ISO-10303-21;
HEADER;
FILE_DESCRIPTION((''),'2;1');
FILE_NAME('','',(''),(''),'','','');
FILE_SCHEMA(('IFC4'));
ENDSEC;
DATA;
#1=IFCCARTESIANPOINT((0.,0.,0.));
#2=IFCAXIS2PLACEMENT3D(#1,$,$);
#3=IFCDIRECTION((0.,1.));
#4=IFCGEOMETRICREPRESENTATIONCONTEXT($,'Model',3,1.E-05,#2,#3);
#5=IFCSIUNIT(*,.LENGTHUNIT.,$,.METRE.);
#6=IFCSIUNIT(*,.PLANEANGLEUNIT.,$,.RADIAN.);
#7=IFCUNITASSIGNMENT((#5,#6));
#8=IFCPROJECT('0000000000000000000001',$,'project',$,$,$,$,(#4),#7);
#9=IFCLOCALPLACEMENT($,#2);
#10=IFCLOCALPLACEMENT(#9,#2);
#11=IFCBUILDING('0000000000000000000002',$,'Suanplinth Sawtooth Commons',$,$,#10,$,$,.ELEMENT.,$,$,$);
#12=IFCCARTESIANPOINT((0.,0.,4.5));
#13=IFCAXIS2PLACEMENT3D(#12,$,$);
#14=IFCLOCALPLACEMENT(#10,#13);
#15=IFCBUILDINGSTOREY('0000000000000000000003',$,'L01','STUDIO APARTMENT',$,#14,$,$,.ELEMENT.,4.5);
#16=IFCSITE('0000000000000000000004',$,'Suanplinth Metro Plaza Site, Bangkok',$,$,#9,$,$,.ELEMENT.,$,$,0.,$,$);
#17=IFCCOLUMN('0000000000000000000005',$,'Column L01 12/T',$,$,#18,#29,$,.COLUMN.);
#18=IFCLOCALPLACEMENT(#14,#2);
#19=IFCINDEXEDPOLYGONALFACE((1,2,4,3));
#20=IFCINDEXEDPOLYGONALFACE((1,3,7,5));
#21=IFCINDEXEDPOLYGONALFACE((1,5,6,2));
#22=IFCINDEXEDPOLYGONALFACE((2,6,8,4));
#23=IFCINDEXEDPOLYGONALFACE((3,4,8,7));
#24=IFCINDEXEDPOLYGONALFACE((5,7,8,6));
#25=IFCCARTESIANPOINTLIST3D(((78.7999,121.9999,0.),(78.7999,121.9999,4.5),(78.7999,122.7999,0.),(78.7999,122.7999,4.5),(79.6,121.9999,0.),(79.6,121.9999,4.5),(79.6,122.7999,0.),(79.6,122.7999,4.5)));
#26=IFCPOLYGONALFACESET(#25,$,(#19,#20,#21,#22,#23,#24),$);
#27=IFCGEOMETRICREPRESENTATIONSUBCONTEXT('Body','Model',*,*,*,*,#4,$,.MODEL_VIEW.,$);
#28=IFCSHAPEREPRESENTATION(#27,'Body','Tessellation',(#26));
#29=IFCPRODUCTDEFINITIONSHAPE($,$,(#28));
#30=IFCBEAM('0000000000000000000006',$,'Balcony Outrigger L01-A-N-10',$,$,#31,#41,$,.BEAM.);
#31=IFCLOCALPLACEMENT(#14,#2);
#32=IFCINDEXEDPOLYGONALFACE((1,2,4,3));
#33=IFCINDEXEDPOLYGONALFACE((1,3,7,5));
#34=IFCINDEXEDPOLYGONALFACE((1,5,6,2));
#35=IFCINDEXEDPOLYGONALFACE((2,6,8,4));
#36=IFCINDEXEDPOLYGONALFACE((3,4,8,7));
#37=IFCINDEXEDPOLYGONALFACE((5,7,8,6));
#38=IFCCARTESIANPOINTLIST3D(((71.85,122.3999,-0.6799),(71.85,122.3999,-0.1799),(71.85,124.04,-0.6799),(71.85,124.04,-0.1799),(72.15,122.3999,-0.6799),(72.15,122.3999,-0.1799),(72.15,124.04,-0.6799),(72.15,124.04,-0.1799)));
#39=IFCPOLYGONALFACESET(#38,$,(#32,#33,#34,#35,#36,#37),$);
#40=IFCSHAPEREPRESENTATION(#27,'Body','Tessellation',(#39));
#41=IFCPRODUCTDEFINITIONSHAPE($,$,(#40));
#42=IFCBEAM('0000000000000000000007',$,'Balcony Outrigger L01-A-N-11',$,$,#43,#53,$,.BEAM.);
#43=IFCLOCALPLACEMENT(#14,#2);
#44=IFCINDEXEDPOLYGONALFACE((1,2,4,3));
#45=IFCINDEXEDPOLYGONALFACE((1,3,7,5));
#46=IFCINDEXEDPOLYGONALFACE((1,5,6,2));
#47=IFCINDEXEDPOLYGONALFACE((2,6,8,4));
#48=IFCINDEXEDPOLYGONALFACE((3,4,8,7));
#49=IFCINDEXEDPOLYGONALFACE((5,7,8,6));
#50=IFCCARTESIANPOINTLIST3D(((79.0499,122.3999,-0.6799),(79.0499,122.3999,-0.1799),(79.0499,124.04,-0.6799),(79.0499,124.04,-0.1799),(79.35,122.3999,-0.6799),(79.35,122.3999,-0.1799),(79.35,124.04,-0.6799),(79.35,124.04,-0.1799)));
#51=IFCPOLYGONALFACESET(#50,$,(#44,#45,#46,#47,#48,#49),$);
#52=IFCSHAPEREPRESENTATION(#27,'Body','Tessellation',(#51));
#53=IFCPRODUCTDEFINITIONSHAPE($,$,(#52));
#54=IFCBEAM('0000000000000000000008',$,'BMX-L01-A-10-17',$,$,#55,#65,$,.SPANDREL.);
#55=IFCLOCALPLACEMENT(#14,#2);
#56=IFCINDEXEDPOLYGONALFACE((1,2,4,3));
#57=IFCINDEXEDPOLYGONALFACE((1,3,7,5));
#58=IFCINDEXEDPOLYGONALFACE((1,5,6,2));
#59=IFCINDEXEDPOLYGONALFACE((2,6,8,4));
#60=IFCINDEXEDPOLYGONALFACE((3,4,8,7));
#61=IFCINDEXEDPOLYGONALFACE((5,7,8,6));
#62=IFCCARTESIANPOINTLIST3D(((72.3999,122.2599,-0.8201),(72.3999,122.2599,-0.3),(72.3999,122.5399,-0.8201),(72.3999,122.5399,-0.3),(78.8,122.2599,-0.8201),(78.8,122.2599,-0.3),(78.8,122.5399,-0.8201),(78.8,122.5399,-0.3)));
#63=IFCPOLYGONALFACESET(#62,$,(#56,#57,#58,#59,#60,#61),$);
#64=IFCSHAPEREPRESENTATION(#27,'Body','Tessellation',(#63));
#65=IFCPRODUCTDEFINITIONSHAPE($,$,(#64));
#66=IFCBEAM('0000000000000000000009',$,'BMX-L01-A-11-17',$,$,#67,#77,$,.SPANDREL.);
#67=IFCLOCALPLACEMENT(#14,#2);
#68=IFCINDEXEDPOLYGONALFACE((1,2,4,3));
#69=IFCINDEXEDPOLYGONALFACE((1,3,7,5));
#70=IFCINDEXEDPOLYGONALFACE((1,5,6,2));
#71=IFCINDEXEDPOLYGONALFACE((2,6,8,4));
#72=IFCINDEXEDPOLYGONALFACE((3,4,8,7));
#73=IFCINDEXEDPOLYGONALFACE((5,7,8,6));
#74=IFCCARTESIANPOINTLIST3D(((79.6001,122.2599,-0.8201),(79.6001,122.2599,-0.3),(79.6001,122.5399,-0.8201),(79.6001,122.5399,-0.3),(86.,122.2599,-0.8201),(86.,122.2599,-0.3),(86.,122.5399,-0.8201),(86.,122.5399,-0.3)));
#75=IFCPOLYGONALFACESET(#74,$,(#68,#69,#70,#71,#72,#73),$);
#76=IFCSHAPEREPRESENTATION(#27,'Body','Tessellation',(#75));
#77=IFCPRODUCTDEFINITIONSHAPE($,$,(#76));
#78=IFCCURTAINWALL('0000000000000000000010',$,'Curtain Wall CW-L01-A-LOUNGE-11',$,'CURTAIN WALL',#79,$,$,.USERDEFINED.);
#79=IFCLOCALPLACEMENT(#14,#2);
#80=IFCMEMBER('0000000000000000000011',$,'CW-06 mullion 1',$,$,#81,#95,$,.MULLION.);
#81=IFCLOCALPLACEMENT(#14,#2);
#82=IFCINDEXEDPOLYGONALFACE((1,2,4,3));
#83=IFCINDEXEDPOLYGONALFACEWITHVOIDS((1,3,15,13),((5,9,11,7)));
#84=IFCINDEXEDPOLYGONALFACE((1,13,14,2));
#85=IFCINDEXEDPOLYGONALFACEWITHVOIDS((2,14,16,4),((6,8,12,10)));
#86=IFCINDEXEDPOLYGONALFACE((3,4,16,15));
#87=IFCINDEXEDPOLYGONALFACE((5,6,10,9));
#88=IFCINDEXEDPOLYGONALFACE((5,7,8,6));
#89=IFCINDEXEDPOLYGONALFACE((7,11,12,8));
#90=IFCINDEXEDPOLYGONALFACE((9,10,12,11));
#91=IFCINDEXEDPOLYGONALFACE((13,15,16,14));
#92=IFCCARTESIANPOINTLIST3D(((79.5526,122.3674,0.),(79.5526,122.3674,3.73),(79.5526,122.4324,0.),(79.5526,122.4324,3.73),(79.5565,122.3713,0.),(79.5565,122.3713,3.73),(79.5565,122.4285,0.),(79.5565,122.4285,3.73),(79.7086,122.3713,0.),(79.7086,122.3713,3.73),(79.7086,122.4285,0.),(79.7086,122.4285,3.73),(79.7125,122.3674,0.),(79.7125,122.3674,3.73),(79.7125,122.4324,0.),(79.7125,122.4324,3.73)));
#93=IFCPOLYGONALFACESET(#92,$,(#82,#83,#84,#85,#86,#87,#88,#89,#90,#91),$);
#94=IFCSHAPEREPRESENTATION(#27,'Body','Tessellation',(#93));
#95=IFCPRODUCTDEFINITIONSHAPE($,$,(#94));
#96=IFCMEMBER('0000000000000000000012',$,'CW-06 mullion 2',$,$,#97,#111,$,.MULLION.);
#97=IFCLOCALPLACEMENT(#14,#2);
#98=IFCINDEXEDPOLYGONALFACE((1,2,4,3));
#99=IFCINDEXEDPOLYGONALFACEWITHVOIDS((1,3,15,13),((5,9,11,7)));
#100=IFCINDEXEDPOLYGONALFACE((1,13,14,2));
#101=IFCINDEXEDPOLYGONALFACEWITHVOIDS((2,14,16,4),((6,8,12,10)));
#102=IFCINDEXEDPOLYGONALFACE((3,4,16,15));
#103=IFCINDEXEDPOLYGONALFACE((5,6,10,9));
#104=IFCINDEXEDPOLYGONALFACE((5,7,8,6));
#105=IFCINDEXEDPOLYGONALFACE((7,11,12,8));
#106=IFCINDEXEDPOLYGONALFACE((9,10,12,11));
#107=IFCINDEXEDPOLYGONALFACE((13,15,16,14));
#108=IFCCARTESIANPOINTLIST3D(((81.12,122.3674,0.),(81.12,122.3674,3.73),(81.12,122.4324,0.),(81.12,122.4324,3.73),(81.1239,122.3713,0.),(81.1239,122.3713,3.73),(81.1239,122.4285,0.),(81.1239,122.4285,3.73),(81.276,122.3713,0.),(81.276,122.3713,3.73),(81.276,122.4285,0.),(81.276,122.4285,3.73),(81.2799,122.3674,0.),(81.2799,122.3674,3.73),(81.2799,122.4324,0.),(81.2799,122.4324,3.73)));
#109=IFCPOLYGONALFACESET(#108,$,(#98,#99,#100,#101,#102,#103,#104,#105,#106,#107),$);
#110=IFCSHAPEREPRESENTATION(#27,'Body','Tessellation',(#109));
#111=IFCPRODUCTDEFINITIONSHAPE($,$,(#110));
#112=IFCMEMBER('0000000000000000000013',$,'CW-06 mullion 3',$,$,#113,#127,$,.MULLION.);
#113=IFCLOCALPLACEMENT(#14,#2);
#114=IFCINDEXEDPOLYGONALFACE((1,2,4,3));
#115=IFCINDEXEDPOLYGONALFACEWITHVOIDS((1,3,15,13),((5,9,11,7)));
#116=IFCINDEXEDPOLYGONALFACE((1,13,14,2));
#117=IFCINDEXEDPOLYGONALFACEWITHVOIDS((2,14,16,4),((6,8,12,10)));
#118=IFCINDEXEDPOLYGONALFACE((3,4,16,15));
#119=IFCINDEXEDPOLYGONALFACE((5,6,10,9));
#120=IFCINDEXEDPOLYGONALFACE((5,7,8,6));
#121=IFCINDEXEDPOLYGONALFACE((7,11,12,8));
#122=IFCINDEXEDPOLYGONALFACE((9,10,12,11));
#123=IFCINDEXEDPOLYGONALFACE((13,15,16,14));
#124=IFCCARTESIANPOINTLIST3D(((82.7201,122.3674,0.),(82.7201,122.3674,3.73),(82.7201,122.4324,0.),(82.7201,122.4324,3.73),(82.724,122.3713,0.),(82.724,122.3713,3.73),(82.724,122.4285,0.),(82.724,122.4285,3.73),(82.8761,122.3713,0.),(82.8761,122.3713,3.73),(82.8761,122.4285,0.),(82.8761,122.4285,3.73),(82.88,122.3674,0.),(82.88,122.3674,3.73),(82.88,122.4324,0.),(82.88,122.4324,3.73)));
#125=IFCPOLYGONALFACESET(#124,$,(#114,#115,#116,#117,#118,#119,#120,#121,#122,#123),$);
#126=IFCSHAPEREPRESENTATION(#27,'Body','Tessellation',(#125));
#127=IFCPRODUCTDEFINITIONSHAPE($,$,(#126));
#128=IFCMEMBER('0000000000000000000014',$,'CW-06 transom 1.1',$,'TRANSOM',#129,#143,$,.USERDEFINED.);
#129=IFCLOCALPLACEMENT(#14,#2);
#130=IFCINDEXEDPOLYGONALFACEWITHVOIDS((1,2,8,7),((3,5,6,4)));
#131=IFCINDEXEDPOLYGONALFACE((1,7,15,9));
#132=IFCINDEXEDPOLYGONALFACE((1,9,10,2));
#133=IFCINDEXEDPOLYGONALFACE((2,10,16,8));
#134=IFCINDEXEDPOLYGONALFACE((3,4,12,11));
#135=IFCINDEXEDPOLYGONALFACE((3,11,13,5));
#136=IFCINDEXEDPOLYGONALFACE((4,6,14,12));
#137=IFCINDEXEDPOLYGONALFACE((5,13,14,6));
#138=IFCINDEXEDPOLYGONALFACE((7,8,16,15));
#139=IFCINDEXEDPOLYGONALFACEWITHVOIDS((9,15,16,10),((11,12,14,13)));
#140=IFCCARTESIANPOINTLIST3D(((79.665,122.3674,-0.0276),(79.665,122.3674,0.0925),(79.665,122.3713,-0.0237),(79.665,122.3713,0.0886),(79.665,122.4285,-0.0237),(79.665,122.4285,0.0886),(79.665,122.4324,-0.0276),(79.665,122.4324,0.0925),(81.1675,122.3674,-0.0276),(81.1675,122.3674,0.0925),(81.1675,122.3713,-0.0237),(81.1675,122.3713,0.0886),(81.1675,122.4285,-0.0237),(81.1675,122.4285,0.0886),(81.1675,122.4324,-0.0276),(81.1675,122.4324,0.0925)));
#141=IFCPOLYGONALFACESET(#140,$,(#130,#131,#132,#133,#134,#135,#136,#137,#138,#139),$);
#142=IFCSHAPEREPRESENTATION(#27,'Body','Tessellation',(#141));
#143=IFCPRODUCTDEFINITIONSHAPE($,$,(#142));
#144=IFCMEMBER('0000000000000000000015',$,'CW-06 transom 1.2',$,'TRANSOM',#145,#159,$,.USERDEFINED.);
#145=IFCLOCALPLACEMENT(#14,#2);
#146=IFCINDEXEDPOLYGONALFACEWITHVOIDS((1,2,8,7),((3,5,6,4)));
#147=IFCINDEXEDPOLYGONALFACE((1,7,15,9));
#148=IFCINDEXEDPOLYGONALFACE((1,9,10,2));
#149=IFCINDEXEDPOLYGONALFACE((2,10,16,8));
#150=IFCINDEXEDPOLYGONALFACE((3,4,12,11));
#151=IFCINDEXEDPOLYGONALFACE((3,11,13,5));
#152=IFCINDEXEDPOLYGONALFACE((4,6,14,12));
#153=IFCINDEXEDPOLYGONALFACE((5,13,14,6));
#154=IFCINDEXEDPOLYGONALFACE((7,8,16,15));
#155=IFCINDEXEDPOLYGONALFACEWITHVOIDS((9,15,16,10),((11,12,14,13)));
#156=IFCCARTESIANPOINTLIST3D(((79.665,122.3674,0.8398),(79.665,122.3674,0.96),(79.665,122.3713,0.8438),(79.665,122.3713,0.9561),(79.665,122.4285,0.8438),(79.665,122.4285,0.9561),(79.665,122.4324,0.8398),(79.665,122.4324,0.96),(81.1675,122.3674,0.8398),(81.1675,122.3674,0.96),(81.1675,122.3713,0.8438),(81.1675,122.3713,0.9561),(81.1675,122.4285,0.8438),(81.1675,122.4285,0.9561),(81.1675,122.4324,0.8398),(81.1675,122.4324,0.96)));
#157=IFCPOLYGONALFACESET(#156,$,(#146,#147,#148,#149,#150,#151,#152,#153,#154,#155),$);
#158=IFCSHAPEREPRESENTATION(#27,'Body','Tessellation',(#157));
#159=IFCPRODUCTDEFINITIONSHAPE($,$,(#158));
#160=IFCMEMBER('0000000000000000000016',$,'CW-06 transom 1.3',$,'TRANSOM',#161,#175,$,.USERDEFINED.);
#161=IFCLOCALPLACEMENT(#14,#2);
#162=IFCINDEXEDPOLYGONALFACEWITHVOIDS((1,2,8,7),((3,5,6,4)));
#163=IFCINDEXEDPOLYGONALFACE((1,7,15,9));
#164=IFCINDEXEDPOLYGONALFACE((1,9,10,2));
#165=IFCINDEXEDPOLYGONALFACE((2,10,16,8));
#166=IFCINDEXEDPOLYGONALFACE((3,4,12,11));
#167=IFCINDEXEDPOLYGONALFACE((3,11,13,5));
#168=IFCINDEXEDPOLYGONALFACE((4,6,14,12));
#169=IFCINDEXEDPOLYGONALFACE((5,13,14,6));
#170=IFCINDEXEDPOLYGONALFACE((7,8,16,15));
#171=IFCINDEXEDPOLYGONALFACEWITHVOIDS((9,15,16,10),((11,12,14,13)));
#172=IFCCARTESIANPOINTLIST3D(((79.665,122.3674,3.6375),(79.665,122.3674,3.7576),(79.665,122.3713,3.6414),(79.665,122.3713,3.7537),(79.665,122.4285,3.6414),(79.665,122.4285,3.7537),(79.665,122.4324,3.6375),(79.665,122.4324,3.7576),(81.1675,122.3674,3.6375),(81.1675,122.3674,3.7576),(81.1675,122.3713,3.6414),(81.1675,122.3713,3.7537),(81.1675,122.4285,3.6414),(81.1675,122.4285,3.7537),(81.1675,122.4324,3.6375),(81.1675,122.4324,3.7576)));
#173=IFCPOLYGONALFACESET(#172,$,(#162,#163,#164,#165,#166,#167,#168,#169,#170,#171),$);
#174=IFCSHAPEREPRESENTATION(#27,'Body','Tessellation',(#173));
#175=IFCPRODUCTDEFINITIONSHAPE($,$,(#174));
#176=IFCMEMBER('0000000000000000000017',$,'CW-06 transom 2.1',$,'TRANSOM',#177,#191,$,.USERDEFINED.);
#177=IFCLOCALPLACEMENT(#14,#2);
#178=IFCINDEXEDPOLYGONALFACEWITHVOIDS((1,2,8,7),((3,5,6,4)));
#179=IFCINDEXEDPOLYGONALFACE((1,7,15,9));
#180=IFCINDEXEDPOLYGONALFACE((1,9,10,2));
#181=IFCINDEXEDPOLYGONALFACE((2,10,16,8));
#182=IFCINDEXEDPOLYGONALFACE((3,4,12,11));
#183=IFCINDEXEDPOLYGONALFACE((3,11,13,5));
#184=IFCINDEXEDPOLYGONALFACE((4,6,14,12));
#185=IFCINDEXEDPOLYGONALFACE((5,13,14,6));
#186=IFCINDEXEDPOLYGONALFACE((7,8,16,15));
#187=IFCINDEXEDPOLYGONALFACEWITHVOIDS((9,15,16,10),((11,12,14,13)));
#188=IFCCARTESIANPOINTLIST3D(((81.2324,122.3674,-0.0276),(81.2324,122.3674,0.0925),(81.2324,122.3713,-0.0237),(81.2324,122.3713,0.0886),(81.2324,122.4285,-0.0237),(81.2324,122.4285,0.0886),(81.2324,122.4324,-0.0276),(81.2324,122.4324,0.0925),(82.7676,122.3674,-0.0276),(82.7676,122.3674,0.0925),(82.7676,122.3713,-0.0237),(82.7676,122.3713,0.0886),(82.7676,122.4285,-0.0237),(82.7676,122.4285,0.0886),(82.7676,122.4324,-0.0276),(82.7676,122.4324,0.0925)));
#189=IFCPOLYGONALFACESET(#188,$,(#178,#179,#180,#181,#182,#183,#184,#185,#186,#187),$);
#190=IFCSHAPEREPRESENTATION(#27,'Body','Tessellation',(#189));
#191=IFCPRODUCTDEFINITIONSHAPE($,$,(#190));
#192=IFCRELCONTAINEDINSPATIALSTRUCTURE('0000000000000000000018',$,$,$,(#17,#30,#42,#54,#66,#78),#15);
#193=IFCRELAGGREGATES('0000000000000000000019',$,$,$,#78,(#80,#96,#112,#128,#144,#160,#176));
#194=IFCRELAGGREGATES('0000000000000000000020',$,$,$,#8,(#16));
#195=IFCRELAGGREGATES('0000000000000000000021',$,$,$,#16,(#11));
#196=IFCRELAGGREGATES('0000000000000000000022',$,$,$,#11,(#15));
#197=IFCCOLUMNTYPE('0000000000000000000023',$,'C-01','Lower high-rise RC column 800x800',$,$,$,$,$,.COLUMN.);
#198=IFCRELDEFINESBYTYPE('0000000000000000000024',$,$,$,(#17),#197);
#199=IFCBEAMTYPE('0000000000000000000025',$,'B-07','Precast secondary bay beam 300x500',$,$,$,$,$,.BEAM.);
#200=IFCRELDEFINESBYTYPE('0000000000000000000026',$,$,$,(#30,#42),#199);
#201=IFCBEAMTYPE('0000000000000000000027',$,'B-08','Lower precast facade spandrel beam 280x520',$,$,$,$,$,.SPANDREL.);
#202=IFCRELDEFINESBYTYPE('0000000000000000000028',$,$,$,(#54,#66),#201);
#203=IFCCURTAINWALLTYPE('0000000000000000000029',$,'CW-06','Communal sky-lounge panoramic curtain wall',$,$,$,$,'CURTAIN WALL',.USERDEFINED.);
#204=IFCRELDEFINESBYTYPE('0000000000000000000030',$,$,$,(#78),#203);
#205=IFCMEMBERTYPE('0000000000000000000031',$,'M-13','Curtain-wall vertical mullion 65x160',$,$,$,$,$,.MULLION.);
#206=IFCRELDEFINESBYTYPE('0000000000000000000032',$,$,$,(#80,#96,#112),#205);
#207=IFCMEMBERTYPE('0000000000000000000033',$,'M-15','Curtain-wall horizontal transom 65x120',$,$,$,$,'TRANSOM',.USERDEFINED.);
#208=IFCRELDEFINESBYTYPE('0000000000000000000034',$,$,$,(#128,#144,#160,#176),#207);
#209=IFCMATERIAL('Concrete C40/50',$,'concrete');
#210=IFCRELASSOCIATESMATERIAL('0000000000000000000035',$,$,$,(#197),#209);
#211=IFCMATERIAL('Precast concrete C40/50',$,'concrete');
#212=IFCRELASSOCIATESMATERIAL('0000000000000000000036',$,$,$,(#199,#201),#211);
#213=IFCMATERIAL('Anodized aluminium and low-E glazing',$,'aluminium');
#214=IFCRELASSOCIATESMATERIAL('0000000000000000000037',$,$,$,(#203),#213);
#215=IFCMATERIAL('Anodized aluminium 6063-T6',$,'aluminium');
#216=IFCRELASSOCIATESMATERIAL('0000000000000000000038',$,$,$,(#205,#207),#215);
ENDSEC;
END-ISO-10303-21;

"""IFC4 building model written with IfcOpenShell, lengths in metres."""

from ifc_helpers import new_model, si_unit, direction, frame, origin, origin_2d, place, context, subcontext, project, spatial, rectangle, hollow_rectangle, extrude, material, material_profile, profile_set, type_object, element, aggregate, save


model = new_model("IFC4")

# Units and contexts
model_context = context("Model", 3, precision=1e-05, world=origin(), true_north=direction((0.0, 1.0)))
body_context = subcontext(model_context, "Body", "Model", "MODEL_VIEW")
ifc_project = project(units=[si_unit("LENGTHUNIT", "METRE"), si_unit("PLANEANGLEUNIT", "RADIAN")], contexts=[model_context])

# Site, building, storey
site_placement = place(None, origin())
site = spatial("IfcSite", under=ifc_project, at=site_placement, Name="Suanplinth Metro Plaza Site, Bangkok", CompositionType="ELEMENT", RefElevation=0.0)
building_placement = place(site_placement, origin())
building = spatial("IfcBuilding", under=site, at=building_placement, Name="Suanplinth Sawtooth Commons", CompositionType="ELEMENT")
storey_placement = place(building_placement, frame((0.0, 0.0, 4.5)))
storey = spatial("IfcBuildingStorey", under=building, at=storey_placement, Name="L01", Description="STUDIO APARTMENT", CompositionType="ELEMENT", Elevation=4.5)

# Column
ifc_material_1 = material(Name="Concrete C40/50", Category="concrete")
ifc_material_profile_1 = material_profile(ifc_material_1, rectangle(XDim=0.8, YDim=0.8, at=origin_2d()), Name="RC-COL 800x800")
ifc_profile_set_1 = profile_set([ifc_material_profile_1], Name="Concrete C40/50")
column_type = type_object("IfcColumnType", Name="C-01", Description="Lower high-rise RC column 800x800", PredefinedType="COLUMN", material=ifc_profile_set_1)
column_placement = place(storey_placement, frame((79.2, 122.3999, 0.0), z_axis=(0.0, 0.0, 1.0), x_axis=(1.0, 0.0, 0.0)))
element("IfcColumn", 1, at=column_placement, inside=storey, type_object=column_type, Name="Column L01 12/T", PredefinedType="COLUMN", context=body_context, shape_type="SweptSolid", body=[
    extrude(rectangle(XDim=0.8, YDim=0.8, at=origin_2d()), origin(), (0.0, 0.0, 1.0), 4.5),
])

# Beams
ifc_material_2 = material(Name="Precast concrete C40/50", Category="concrete")
ifc_material_profile_2 = material_profile(ifc_material_2, rectangle(XDim=0.3, YDim=0.5, at=origin_2d()), Name="PC-BM 300x500")
ifc_profile_set_2 = profile_set([ifc_material_profile_2], Name="Precast concrete C40/50")
beam_type_1 = type_object("IfcBeamType", Name="B-07", Description="Precast secondary bay beam 300x500", PredefinedType="BEAM", material=ifc_profile_set_2)
for number, where, z_axis, x_axis, name in (
    (2, (72.0, 122.3999, -0.4299), (0.0, 1.0, 0.0), (-1.0, 0.0, 0.0), "Balcony Outrigger L01-A-N-10"),
    (3, (79.2, 122.3999, -0.4299), (0.0, 1.0, 0.0), (-1.0, 0.0, 0.0), "Balcony Outrigger L01-A-N-11"),
):
    element("IfcBeam", number, at=place(storey_placement, frame(where, z_axis=z_axis, x_axis=x_axis)), inside=storey, type_object=beam_type_1, Name=name, PredefinedType="BEAM", context=body_context, shape_type="SweptSolid", body=[
        extrude(rectangle(XDim=0.3, YDim=0.5, at=origin_2d()), origin(), (0.0, 0.0, 1.0), 1.6401),
    ])
ifc_material_profile_3 = material_profile(ifc_material_2, rectangle(XDim=0.28, YDim=0.52, at=origin_2d()), Name="PC-SP 280x520")
ifc_profile_set_3 = profile_set([ifc_material_profile_3], Name="Precast concrete C40/50")
beam_type_2 = type_object("IfcBeamType", Name="B-08", Description="Lower precast facade spandrel beam 280x520", PredefinedType="SPANDREL", material=ifc_profile_set_3)
beam_1_placement = place(storey_placement, frame((72.3999, 122.3999, -0.5601), z_axis=(1.0, 0.0, 0.0), x_axis=(0.0, 1.0, 0.0)))
element("IfcBeam", 4, at=beam_1_placement, inside=storey, type_object=beam_type_2, Name="BMX-L01-A-10-17", PredefinedType="SPANDREL", context=body_context, shape_type="SweptSolid", body=[
    extrude(rectangle(XDim=0.28, YDim=0.52, at=origin_2d()), origin(), (0.0, 0.0, 1.0), 6.4001),
])
beam_2_placement = place(storey_placement, frame((79.6001, 122.3999, -0.5601), z_axis=(1.0, 0.0, 0.0), x_axis=(0.0, 1.0, 0.0)))
element("IfcBeam", 5, at=beam_2_placement, inside=storey, type_object=beam_type_2, Name="BMX-L01-A-11-17", PredefinedType="SPANDREL", context=body_context, shape_type="SweptSolid", body=[
    extrude(rectangle(XDim=0.28, YDim=0.52, at=origin_2d()), origin(), (0.0, 0.0, 1.0), 6.3999),
])

# Curtain wall, members
ifc_material_3 = material(Name="Anodized aluminium and low-E glazing", Category="aluminium")
curtain_wall_type = type_object("IfcCurtainWallType", Name="CW-06", Description="Communal sky-lounge panoramic curtain wall", ElementType="CURTAIN WALL", PredefinedType="USERDEFINED", material=ifc_material_3)
curtain_wall_placement = place(storey_placement, origin())
curtain_wall = element("IfcCurtainWall", 6, at=curtain_wall_placement, inside=storey, type_object=curtain_wall_type, Name="Curtain Wall CW-L01-A-LOUNGE-11", ObjectType="CURTAIN WALL", PredefinedType="USERDEFINED")
ifc_material_4 = material(Name="Anodized aluminium 6063-T6", Category="aluminium")
ifc_material_profile_4 = material_profile(ifc_material_4, hollow_rectangle(XDim=0.0649, YDim=0.1599, WallThickness=0.0039, at=origin_2d()), Name="ALU-MUL 65x160")
ifc_profile_set_4 = profile_set([ifc_material_profile_4], Name="Anodized aluminium 6063-T6")
member_type_1 = type_object("IfcMemberType", Name="M-13", Description="Curtain-wall vertical mullion 65x160", PredefinedType="MULLION", material=ifc_profile_set_4)
member_1_placement = place(storey_placement, frame((79.6326, 122.3999, 0.0), z_axis=(0.0, 0.0, 1.0), x_axis=(0.0, 1.0, 0.0)))
member_1 = element("IfcMember", 7, at=member_1_placement, type_object=member_type_1, Name="CW-06 mullion 1", PredefinedType="MULLION", context=body_context, shape_type="SweptSolid", body=[
    extrude(hollow_rectangle(XDim=0.0649, YDim=0.1599, WallThickness=0.0039, at=origin_2d()), origin(), (0.0, 0.0, 1.0), 3.73),
])
member_2_placement = place(storey_placement, frame((81.2, 122.3999, 0.0), z_axis=(0.0, 0.0, 1.0), x_axis=(0.0, 1.0, 0.0)))
member_2 = element("IfcMember", 8, at=member_2_placement, type_object=member_type_1, Name="CW-06 mullion 2", PredefinedType="MULLION", context=body_context, shape_type="SweptSolid", body=[
    extrude(hollow_rectangle(XDim=0.0649, YDim=0.1599, WallThickness=0.0039, at=origin_2d()), origin(), (0.0, 0.0, 1.0), 3.73),
])
member_3_placement = place(storey_placement, frame((82.8, 122.3999, 0.0), z_axis=(0.0, 0.0, 1.0), x_axis=(0.0, 1.0, 0.0)))
member_3 = element("IfcMember", 9, at=member_3_placement, type_object=member_type_1, Name="CW-06 mullion 3", PredefinedType="MULLION", context=body_context, shape_type="SweptSolid", body=[
    extrude(hollow_rectangle(XDim=0.0649, YDim=0.1599, WallThickness=0.0039, at=origin_2d()), origin(), (0.0, 0.0, 1.0), 3.73),
])
ifc_material_profile_5 = material_profile(ifc_material_4, hollow_rectangle(XDim=0.0649, YDim=0.1201, WallThickness=0.0039, at=origin_2d()), Name="ALU-TRN 65x120")
ifc_profile_set_5 = profile_set([ifc_material_profile_5], Name="Anodized aluminium 6063-T6")
member_type_2 = type_object("IfcMemberType", Name="M-15", Description="Curtain-wall horizontal transom 65x120", ElementType="TRANSOM", PredefinedType="USERDEFINED", material=ifc_profile_set_5)
member_4_placement = place(storey_placement, frame((79.665, 122.3999, 0.0325), z_axis=(1.0, 0.0, 0.0), x_axis=(0.0, 1.0, 0.0)))
member_4 = element("IfcMember", 10, at=member_4_placement, type_object=member_type_2, Name="CW-06 transom 1.1", ObjectType="TRANSOM", PredefinedType="USERDEFINED", context=body_context, shape_type="SweptSolid", body=[
    extrude(hollow_rectangle(XDim=0.0649, YDim=0.1201, WallThickness=0.0039, at=origin_2d()), origin(), (0.0, 0.0, 1.0), 1.5024),
])
member_5_placement = place(storey_placement, frame((79.665, 122.3999, 0.8999), z_axis=(1.0, 0.0, 0.0), x_axis=(0.0, 1.0, 0.0)))
member_5 = element("IfcMember", 11, at=member_5_placement, type_object=member_type_2, Name="CW-06 transom 1.2", ObjectType="TRANSOM", PredefinedType="USERDEFINED", context=body_context, shape_type="SweptSolid", body=[
    extrude(hollow_rectangle(XDim=0.0649, YDim=0.1201, WallThickness=0.0039, at=origin_2d()), origin(), (0.0, 0.0, 1.0), 1.5024),
])
member_6_placement = place(storey_placement, frame((79.665, 122.3999, 3.6975), z_axis=(1.0, 0.0, 0.0), x_axis=(0.0, 1.0, 0.0)))
member_6 = element("IfcMember", 12, at=member_6_placement, type_object=member_type_2, Name="CW-06 transom 1.3", ObjectType="TRANSOM", PredefinedType="USERDEFINED", context=body_context, shape_type="SweptSolid", body=[
    extrude(hollow_rectangle(XDim=0.0649, YDim=0.1201, WallThickness=0.0039, at=origin_2d()), origin(), (0.0, 0.0, 1.0), 1.5024),
])
member_7_placement = place(storey_placement, frame((81.2324, 122.3999, 0.0325), z_axis=(1.0, 0.0, 0.0), x_axis=(0.0, 1.0, 0.0)))
member_7 = element("IfcMember", 13, at=member_7_placement, type_object=member_type_2, Name="CW-06 transom 2.1", ObjectType="TRANSOM", PredefinedType="USERDEFINED", context=body_context, shape_type="SweptSolid", body=[
    extrude(hollow_rectangle(XDim=0.0649, YDim=0.1201, WallThickness=0.0039, at=origin_2d()), origin(), (0.0, 0.0, 1.0), 1.5352),
])
aggregate(curtain_wall, [member_1, member_2, member_3, member_4, member_5, member_6, member_7])

save(model, "model.ifc")
